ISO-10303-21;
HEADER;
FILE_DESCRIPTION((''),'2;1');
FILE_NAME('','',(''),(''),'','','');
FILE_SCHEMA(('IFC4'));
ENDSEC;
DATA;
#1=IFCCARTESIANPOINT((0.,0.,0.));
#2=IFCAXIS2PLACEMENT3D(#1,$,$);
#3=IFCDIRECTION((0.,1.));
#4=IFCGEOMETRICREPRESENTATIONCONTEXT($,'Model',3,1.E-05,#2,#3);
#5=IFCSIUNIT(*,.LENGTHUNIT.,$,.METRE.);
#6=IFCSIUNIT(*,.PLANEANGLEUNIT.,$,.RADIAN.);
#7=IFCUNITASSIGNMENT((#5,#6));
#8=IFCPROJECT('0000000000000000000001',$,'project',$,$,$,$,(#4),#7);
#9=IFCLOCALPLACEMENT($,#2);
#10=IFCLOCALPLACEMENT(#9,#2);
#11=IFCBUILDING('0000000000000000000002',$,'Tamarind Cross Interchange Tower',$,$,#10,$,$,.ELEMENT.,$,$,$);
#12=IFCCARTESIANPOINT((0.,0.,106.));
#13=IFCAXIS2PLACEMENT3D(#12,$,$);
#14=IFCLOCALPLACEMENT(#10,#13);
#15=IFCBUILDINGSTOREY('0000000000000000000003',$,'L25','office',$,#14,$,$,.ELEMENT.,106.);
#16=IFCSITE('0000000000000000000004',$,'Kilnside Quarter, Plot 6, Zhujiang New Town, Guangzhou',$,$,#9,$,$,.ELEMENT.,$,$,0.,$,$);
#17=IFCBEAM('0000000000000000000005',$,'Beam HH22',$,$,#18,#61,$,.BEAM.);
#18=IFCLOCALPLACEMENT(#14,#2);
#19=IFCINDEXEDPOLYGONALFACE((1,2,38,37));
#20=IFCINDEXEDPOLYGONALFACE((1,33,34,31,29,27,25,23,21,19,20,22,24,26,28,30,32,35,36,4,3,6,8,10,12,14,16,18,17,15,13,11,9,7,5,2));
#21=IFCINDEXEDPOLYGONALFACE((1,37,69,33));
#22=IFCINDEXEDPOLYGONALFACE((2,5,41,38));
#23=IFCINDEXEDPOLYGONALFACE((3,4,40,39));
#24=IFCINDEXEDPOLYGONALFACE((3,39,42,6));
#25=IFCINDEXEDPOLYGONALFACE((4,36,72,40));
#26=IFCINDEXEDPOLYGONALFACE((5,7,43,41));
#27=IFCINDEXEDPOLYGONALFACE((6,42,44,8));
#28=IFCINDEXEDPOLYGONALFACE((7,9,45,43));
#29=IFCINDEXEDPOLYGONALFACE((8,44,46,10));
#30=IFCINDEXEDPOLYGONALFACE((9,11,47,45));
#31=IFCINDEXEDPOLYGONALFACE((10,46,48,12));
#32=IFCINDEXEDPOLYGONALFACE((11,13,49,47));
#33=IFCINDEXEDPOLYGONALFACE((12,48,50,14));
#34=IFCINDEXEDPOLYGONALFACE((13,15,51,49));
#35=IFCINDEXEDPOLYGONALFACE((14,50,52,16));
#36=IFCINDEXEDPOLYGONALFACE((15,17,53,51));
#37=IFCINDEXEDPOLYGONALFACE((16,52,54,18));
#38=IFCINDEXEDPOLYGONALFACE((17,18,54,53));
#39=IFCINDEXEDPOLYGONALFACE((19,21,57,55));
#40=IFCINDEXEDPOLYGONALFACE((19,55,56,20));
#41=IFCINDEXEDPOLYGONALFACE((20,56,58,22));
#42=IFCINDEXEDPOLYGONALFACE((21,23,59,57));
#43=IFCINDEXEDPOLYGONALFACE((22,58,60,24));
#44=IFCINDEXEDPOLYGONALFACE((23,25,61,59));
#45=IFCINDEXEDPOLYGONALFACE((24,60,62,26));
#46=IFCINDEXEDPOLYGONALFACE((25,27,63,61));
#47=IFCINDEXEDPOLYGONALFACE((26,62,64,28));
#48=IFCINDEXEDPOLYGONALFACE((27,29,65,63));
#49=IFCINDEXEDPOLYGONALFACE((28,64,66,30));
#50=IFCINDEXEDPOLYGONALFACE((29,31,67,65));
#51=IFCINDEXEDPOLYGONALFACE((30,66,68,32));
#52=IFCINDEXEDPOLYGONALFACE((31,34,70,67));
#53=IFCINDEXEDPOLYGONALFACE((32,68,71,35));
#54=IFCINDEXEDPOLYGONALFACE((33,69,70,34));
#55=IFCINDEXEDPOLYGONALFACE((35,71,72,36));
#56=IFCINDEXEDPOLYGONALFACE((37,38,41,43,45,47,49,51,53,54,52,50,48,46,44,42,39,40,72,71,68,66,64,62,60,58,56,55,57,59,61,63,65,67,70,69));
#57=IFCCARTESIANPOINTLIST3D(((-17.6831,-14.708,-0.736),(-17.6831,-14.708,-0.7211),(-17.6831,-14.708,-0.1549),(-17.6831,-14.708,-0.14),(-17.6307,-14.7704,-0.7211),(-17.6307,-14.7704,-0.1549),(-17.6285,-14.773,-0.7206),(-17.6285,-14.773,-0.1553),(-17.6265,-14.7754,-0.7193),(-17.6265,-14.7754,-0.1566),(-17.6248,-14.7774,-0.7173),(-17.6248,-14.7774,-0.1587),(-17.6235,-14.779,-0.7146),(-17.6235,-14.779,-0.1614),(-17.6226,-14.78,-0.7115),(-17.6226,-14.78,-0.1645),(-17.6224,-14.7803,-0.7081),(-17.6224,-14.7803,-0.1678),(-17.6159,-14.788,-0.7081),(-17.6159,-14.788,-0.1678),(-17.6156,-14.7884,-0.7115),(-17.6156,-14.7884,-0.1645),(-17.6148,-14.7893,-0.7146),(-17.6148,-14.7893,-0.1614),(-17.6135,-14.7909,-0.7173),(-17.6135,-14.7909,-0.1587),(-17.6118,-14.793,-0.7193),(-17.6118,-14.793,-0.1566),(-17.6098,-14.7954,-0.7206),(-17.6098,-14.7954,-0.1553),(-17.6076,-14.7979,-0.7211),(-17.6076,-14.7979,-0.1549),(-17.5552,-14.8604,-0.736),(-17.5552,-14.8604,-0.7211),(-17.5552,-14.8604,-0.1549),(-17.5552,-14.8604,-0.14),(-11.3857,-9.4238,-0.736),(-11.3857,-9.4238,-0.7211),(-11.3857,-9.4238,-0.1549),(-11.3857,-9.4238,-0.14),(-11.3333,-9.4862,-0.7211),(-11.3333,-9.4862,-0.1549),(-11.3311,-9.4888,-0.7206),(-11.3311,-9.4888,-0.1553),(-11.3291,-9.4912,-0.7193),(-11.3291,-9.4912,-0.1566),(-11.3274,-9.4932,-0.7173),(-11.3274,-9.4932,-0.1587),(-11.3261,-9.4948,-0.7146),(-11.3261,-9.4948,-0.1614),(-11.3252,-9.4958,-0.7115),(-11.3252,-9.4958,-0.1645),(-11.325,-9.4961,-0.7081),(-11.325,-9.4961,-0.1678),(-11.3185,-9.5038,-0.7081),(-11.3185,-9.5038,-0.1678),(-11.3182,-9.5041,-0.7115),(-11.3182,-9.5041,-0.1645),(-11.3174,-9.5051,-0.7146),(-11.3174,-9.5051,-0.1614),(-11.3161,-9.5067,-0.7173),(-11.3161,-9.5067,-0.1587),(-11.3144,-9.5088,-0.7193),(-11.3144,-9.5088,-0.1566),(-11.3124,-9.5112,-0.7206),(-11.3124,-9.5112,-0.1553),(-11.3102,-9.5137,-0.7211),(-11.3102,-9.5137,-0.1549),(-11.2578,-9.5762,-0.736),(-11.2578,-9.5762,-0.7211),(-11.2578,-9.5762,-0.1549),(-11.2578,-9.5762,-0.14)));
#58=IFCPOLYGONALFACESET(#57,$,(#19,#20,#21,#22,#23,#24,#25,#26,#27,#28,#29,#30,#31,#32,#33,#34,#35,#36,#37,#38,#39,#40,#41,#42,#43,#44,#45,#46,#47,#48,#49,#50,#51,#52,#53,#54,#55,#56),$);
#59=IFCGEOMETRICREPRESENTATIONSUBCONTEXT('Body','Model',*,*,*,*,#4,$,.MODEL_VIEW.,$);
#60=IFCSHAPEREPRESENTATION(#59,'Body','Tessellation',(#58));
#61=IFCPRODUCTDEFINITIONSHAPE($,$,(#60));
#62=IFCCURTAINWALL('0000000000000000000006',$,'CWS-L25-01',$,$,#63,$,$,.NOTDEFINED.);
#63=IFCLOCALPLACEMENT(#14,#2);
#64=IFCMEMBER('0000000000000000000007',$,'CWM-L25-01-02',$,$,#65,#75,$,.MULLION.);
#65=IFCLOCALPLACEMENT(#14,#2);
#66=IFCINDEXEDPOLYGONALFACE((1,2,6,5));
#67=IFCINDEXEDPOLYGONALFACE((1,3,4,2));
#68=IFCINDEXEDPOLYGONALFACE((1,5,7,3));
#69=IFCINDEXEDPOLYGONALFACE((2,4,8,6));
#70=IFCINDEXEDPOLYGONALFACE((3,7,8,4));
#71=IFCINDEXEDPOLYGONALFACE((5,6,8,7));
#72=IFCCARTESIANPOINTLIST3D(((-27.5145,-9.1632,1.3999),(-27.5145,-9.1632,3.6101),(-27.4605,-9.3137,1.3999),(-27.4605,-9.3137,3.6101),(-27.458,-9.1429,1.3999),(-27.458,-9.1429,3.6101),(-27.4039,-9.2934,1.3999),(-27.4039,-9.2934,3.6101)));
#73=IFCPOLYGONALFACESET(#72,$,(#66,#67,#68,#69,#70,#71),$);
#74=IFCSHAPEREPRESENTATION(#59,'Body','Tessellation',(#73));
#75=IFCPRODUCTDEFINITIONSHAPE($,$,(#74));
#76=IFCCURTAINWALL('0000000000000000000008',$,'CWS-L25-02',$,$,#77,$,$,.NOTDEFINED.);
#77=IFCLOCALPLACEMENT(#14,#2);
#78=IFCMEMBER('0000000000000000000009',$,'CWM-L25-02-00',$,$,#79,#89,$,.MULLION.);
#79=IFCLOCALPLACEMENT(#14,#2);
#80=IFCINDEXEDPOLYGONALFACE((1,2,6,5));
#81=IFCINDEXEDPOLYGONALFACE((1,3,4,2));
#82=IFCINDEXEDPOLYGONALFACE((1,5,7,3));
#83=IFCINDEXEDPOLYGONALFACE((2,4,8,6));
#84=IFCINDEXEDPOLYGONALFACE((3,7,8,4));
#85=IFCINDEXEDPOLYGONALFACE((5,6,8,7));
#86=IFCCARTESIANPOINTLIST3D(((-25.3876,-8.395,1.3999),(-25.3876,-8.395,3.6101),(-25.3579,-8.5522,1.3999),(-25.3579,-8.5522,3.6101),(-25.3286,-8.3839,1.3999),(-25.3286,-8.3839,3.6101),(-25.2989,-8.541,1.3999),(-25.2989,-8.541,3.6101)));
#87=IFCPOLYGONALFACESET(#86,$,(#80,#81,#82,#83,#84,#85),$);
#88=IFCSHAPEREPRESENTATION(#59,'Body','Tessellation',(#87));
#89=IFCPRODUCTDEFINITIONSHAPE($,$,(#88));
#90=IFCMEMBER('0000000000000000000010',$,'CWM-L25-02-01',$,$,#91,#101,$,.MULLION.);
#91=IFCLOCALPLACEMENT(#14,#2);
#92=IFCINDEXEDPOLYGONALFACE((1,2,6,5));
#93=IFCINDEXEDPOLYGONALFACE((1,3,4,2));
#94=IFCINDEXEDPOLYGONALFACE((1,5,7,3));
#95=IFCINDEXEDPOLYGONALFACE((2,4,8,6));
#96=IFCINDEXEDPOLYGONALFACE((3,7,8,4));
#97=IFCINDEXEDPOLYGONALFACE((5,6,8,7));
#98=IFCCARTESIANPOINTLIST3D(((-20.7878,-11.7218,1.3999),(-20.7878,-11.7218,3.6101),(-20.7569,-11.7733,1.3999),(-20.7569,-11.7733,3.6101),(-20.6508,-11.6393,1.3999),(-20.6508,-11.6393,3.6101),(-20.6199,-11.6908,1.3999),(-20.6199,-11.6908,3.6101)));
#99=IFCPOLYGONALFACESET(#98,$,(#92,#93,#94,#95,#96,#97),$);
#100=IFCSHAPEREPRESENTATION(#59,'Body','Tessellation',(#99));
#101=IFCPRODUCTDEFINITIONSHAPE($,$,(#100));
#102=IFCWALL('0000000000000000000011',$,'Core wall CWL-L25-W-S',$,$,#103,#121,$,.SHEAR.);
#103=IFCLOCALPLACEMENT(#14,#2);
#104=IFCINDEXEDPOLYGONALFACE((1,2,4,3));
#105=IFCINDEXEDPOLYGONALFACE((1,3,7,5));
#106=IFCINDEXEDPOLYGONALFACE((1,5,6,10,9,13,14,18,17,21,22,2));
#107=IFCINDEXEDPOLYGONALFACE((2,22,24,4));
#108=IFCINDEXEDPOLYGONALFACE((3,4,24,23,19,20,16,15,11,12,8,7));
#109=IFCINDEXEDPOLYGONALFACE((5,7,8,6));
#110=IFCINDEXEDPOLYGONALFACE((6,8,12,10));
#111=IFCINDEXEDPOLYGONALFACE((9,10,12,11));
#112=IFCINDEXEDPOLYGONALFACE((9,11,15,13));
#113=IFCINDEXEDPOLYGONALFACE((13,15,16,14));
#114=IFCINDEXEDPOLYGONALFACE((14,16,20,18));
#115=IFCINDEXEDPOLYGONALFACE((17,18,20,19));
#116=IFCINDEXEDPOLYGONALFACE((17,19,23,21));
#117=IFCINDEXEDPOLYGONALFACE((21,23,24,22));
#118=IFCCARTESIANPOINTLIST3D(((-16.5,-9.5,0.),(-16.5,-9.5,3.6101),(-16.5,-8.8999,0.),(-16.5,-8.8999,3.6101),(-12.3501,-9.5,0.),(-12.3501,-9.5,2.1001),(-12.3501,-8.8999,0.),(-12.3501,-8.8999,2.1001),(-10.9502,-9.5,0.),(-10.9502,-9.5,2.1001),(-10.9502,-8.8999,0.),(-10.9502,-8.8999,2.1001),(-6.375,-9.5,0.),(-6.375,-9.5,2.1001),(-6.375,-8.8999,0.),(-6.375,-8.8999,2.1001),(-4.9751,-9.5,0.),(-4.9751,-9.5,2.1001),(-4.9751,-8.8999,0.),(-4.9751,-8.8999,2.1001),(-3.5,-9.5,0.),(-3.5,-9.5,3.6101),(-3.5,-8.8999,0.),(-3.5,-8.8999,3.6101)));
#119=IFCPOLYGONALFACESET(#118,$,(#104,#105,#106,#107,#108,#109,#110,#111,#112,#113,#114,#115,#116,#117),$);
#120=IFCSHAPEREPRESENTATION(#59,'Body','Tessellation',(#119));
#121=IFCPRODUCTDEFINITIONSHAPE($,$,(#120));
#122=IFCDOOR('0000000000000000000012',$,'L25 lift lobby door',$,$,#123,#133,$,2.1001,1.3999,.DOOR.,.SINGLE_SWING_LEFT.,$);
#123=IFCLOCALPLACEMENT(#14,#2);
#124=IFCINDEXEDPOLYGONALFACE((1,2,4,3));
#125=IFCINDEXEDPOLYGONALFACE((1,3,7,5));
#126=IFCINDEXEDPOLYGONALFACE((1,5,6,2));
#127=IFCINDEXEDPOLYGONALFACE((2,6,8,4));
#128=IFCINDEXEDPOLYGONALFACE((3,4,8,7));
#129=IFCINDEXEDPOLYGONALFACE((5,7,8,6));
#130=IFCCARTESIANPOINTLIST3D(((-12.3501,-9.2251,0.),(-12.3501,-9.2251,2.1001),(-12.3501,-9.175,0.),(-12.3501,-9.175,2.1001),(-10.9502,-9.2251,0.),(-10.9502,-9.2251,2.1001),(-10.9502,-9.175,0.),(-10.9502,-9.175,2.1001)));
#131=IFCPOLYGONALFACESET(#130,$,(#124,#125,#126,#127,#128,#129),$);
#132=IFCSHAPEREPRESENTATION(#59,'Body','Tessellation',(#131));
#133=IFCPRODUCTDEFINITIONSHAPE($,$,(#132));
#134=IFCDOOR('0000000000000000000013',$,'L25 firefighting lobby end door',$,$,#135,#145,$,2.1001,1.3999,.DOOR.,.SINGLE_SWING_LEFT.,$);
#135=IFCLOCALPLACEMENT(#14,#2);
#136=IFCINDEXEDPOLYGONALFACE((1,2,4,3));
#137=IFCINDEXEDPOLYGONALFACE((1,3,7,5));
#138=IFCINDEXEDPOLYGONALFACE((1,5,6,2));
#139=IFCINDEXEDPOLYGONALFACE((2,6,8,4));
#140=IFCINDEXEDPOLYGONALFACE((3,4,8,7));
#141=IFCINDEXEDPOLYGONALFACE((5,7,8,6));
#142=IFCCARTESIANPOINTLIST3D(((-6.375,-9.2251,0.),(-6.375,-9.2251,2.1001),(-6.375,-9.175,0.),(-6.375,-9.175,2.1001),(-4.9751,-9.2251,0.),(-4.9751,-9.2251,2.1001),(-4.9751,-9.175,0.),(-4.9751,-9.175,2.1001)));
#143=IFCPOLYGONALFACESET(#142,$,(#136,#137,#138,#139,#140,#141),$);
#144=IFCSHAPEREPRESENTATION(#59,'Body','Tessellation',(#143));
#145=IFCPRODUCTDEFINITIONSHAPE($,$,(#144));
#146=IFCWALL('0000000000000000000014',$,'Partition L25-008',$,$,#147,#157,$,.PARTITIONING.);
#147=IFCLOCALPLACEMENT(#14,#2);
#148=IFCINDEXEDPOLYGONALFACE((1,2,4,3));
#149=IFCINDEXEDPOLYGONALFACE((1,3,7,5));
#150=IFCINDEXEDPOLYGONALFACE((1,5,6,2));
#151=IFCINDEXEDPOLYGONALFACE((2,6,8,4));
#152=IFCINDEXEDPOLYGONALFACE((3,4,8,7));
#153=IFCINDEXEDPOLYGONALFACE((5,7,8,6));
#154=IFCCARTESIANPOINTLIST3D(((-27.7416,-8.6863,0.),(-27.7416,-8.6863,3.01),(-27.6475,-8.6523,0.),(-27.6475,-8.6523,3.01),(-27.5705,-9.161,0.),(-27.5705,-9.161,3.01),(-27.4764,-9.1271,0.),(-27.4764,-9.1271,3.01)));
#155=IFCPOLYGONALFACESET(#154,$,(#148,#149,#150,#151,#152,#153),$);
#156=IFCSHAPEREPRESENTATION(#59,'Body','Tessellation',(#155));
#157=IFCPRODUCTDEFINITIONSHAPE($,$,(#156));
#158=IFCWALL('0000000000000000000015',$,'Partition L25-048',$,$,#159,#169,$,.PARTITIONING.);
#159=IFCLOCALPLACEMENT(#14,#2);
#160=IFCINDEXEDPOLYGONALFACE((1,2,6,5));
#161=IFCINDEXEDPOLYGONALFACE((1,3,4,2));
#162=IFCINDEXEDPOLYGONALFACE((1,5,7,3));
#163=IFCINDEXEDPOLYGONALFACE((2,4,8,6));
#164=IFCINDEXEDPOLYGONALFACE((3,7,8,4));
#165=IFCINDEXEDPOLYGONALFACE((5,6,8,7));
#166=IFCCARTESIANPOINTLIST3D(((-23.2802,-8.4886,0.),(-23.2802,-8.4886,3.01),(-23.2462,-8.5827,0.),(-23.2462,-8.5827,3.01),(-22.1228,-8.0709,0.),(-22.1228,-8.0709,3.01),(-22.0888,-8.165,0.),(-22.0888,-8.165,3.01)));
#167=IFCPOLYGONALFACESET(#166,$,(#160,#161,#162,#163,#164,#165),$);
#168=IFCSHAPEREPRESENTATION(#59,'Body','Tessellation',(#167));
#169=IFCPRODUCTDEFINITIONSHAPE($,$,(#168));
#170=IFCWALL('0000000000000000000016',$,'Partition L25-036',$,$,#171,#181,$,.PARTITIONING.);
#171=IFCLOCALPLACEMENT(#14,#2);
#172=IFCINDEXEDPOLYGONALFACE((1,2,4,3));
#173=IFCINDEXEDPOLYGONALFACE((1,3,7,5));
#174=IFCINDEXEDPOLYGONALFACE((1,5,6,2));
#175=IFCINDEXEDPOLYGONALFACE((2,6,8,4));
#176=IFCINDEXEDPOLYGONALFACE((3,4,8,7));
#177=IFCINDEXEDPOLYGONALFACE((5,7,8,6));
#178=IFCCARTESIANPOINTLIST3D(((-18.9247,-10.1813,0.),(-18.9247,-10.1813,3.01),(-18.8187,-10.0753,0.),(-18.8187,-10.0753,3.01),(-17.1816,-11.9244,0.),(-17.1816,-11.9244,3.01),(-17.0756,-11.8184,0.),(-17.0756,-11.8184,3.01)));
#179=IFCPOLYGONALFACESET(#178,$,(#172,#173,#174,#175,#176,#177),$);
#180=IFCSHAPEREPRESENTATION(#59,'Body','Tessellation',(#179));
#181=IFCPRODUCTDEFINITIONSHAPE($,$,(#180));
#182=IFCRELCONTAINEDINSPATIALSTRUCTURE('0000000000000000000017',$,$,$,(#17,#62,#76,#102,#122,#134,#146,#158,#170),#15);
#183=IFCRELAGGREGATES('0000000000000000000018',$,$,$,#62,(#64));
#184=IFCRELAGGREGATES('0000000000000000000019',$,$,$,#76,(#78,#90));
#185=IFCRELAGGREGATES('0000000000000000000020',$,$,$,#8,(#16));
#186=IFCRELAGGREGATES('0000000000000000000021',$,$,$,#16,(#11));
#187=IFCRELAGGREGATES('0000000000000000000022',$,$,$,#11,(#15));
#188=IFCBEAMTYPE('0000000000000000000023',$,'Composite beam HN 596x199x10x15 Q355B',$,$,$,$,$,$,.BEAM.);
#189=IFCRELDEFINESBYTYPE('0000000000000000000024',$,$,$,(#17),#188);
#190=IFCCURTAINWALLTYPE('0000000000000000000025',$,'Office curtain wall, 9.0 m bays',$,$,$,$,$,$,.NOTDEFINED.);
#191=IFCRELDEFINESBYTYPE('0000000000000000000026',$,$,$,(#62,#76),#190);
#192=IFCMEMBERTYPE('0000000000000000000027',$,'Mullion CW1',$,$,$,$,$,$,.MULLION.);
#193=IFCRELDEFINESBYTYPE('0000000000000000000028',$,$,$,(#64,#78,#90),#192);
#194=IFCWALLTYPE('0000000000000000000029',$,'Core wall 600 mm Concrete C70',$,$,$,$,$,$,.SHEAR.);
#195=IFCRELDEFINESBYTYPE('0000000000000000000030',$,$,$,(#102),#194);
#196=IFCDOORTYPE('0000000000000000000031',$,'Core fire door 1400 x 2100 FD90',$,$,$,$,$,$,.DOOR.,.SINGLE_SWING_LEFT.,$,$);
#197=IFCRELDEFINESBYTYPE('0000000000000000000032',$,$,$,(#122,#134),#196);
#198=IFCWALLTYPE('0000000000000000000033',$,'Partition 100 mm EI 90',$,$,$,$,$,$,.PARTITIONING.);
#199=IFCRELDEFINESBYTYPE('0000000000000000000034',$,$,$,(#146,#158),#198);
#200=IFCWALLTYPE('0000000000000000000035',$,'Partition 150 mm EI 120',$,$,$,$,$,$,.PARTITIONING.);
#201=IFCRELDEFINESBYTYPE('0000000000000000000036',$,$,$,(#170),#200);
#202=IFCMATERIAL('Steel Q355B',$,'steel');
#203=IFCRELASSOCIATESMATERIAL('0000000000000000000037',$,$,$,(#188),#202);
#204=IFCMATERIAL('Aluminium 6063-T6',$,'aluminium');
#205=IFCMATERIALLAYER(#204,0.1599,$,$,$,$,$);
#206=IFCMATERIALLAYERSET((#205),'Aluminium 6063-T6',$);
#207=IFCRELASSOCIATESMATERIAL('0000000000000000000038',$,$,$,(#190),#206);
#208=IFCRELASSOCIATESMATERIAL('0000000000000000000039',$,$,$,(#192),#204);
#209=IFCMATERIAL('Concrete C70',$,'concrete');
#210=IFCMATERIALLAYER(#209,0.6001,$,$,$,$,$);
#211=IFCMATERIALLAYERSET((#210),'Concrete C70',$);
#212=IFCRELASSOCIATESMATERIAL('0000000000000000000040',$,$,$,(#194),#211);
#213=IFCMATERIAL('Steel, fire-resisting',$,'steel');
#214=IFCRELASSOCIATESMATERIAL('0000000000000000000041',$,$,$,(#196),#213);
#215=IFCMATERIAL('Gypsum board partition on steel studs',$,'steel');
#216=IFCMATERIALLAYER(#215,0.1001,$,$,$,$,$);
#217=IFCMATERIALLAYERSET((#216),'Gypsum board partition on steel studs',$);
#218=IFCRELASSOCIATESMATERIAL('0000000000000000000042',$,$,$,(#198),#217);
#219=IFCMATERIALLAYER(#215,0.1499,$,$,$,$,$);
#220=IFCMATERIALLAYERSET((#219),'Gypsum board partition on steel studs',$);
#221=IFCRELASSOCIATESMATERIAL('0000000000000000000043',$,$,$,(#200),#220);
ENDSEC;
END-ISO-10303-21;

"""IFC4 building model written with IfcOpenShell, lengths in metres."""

from ifc_helpers import new_model, si_unit, direction, frame, frame_2d, origin, origin_2d, place, context, subcontext, project, spatial, rectangle, i_section, extrude, material, layer, layer_set, material_profile, profile_set, type_object, element, fill, aggregate, save


model = new_model("IFC4")

# Units and contexts
model_context = context("Model", 3, precision=1e-05, world=origin(), true_north=direction((0.0, 1.0)))
body_context = subcontext(model_context, "Body", "Model", "MODEL_VIEW")
ifc_project = project(units=[si_unit("LENGTHUNIT", "METRE"), si_unit("PLANEANGLEUNIT", "RADIAN")], contexts=[model_context])

# Site, building, storey
site_placement = place(None, origin())
site = spatial("IfcSite", under=ifc_project, at=site_placement, Name="Kilnside Quarter, Plot 6, Zhujiang New Town, Guangzhou", CompositionType="ELEMENT", RefElevation=0.0)
building_placement = place(site_placement, origin())
building = spatial("IfcBuilding", under=site, at=building_placement, Name="Tamarind Cross Interchange Tower", CompositionType="ELEMENT")
storey_placement = place(building_placement, frame((0.0, 0.0, 106.0)))
storey = spatial("IfcBuildingStorey", under=building, at=storey_placement, Name="L25", Description="office", CompositionType="ELEMENT", Elevation=106.0)

# Beam
ifc_material_1 = material(Name="Steel Q355B", Category="steel")
ifc_material_profile_1 = material_profile(ifc_material_1, i_section(OverallWidth=0.199, OverallDepth=0.5959, WebThickness=0.01, FlangeThickness=0.0149, FilletRadius=0.0129, at=origin_2d()), Name="HN 596x199x10x15")
ifc_profile_set_1 = profile_set([ifc_material_profile_1], Name="Steel Q355B")
beam_type_1 = type_object("IfcBeamType", Name="Composite beam HN 596x199x10x15 Q355B", PredefinedType="BEAM", material=ifc_profile_set_1)
beam_1_placement = place(storey_placement, frame((-17.6191, -14.7842, -0.438), z_axis=(0.766041, 0.642792, 0.0), x_axis=(-0.642792, 0.766041, 0.0)))
element("IfcBeam", 1, at=beam_1_placement, inside=storey, type_object=beam_type_1, Name="Beam HH22", PredefinedType="BEAM", context=body_context, shape_type="SweptSolid", body=[
    extrude(i_section(OverallWidth=0.199, OverallDepth=0.5959, WebThickness=0.01, FlangeThickness=0.0149, FilletRadius=0.0129, at=origin_2d()), origin(), (0.0, 0.0, 1.0), 8.2207),
])

# Curtain wall, member
ifc_material_2 = material(Name="Aluminium 6063-T6", Category="aluminium")
ifc_layer_1 = layer(ifc_material_2, 0.1599)
ifc_layer_set_1 = layer_set([ifc_layer_1], Name="Aluminium 6063-T6")
curtain_wall_type = type_object("IfcCurtainWallType", Name="Office curtain wall, 9.0 m bays", PredefinedType="NOTDEFINED", material=ifc_layer_set_1)
curtain_wall_1_placement = place(storey_placement, origin())
curtain_wall_1 = element("IfcCurtainWall", 2, at=curtain_wall_1_placement, inside=storey, type_object=curtain_wall_type, Name="CWS-L25-01", PredefinedType="NOTDEFINED")
ifc_material_profile_2 = material_profile(ifc_material_2, rectangle(XDim=0.0601, YDim=0.1599, at=origin_2d()), Name="Mullion CW1")
ifc_profile_set_2 = profile_set([ifc_material_profile_2], Name="Aluminium 6063-T6")
member_type = type_object("IfcMemberType", Name="Mullion CW1", PredefinedType="MULLION", material=ifc_profile_set_2)
member_1_placement = place(storey_placement, frame((-27.4592, -9.2283, 1.3999), z_axis=(0.0, 0.0, 1.0), x_axis=(0.9411, 0.338129, 0.0)))
member_1 = element("IfcMember", 3, at=member_1_placement, type_object=member_type, Name="CWM-L25-01-02", PredefinedType="MULLION", context=body_context, shape_type="SweptSolid", body=[
    extrude(rectangle(XDim=0.0601, YDim=0.1599, at=origin_2d()), origin(), (0.0, 0.0, 1.0), 2.2102),
])
aggregate(curtain_wall_1, [member_1])

# Curtain wall, members
curtain_wall_2_placement = place(storey_placement, origin())
curtain_wall_2 = element("IfcCurtainWall", 4, at=curtain_wall_2_placement, inside=storey, type_object=curtain_wall_type, Name="CWS-L25-02", PredefinedType="NOTDEFINED")
member_2_placement = place(storey_placement, frame((-25.3433, -8.468, 1.3999), z_axis=(0.0, 0.0, 1.0), x_axis=(0.982624, 0.185607, 0.0)))
member_2 = element("IfcMember", 5, at=member_2_placement, type_object=member_type, Name="CWM-L25-02-00", PredefinedType="MULLION", context=body_context, shape_type="SweptSolid", body=[
    extrude(rectangle(XDim=0.0601, YDim=0.1599, at=origin_2d()), origin(), (0.0, 0.0, 1.0), 2.2102),
])
member_3_placement = place(storey_placement, frame((-20.7039, -11.7063, 1.3999), z_axis=(0.0, 0.0, 1.0), x_axis=(0.515577, -0.856843, 0.0)))
member_3 = element("IfcMember", 6, at=member_3_placement, type_object=member_type, Name="CWM-L25-02-01", PredefinedType="MULLION", context=body_context, shape_type="SweptSolid", body=[
    extrude(rectangle(XDim=0.0601, YDim=0.1599, at=origin_2d()), origin(), (0.0, 0.0, 1.0), 2.2102),
])
aggregate(curtain_wall_2, [member_2, member_3])

# Wall, openings, doors
ifc_material_3 = material(Name="Concrete C70", Category="concrete")
ifc_layer_2 = layer(ifc_material_3, 0.6001)
ifc_layer_set_2 = layer_set([ifc_layer_2], Name="Concrete C70")
wall_type_1 = type_object("IfcWallType", Name="Core wall 600 mm Concrete C70", PredefinedType="SHEAR", material=ifc_layer_set_2)
wall_1_placement = place(storey_placement, frame((-16.5, -9.2, 0.0), z_axis=(0.0, 0.0, 1.0), x_axis=(1.0, 0.0, 0.0)))
wall_1 = element("IfcWall", 7, at=wall_1_placement, inside=storey, type_object=wall_type_1, Name="Core wall CWL-L25-W-S", PredefinedType="SHEAR", context=body_context, shape_type="SweptSolid", body=[
    extrude(rectangle(XDim=13.0, YDim=0.6001, at=frame_2d((6.5, 0.0))), origin(), (0.0, 0.0, 1.0), 3.6101),
])
opening_1_placement = place(wall_1_placement, frame((4.1499, 0.0, 0.0)))
opening_1 = element("IfcOpeningElement", 8, at=opening_1_placement, cuts=wall_1, PredefinedType="OPENING", context=body_context, shape_type="SweptSolid", body=[
    extrude(rectangle(XDim=1.3999, YDim=2.1001, at=frame_2d((0.7, 1.05))), frame((0.0, 0.3101, 0.0), z_axis=(0.0, -1.0, 0.0), x_axis=(1.0, 0.0, 0.0)), (0.0, 0.0, 1.0), 0.6201),
])
opening_2_placement = place(wall_1_placement, frame((10.125, 0.0, 0.0)))
opening_2 = element("IfcOpeningElement", 9, at=opening_2_placement, cuts=wall_1, PredefinedType="OPENING", context=body_context, shape_type="SweptSolid", body=[
    extrude(rectangle(XDim=1.3999, YDim=2.1001, at=frame_2d((0.7, 1.05))), frame((0.0, 0.3101, 0.0), z_axis=(0.0, -1.0, 0.0), x_axis=(1.0, 0.0, 0.0)), (0.0, 0.0, 1.0), 0.6201),
])
ifc_material_4 = material(Name="Steel, fire-resisting", Category="steel")
door_type_1 = type_object("IfcDoorType", Name="Core fire door 1400 x 2100 FD90", OperationType="SINGLE_SWING_LEFT", PredefinedType="DOOR", material=ifc_material_4)
door_1_placement = place(opening_1_placement, origin())
door_1 = element("IfcDoor", 10, at=door_1_placement, inside=storey, type_object=door_type_1, Name="L25 lift lobby door", OperationType="SINGLE_SWING_LEFT", OverallHeight=2.1001, OverallWidth=1.3999, PredefinedType="DOOR", context=body_context, shape_type="SweptSolid", body=[
    extrude(rectangle(XDim=1.3999, YDim=2.1001, at=frame_2d((0.7, 1.05))), frame((0.0, 0.0249, 0.0), z_axis=(0.0, -1.0, 0.0), x_axis=(1.0, 0.0, 0.0)), (0.0, 0.0, 1.0), 0.05),
])
fill(opening_1, door_1)
door_2_placement = place(opening_2_placement, origin())
door_2 = element("IfcDoor", 11, at=door_2_placement, inside=storey, type_object=door_type_1, Name="L25 firefighting lobby end door", OperationType="SINGLE_SWING_LEFT", OverallHeight=2.1001, OverallWidth=1.3999, PredefinedType="DOOR", context=body_context, shape_type="SweptSolid", body=[
    extrude(rectangle(XDim=1.3999, YDim=2.1001, at=frame_2d((0.7, 1.05))), frame((0.0, 0.0249, 0.0), z_axis=(0.0, -1.0, 0.0), x_axis=(1.0, 0.0, 0.0)), (0.0, 0.0, 1.0), 0.05),
])
fill(opening_2, door_2)

# Walls
ifc_material_5 = material(Name="Gypsum board partition on steel studs", Category="steel")
ifc_layer_3 = layer(ifc_material_5, 0.1001)
ifc_layer_set_3 = layer_set([ifc_layer_3], Name="Gypsum board partition on steel studs")
wall_type_2 = type_object("IfcWallType", Name="Partition 100 mm EI 90", PredefinedType="PARTITIONING", material=ifc_layer_set_3)
wall_2_placement = place(storey_placement, frame((-27.6946, -8.6692, 0.0), z_axis=(0.0, 0.0, 1.0), x_axis=(0.339062, -0.940764, 0.0)))
element("IfcWall", 12, at=wall_2_placement, inside=storey, type_object=wall_type_2, Name="Partition L25-008", PredefinedType="PARTITIONING", context=body_context, shape_type="SweptSolid", body=[
    extrude(rectangle(XDim=0.5046, YDim=0.1001, at=frame_2d((0.2524, 0.0))), origin(), (0.0, 0.0, 1.0), 3.01),
])
wall_3_placement = place(storey_placement, frame((-23.2632, -8.5356, 0.0), z_axis=(0.0, 0.0, 1.0), x_axis=(0.940619, 0.339464, 0.0)))
element("IfcWall", 13, at=wall_3_placement, inside=storey, type_object=wall_type_2, Name="Partition L25-048", PredefinedType="PARTITIONING", context=body_context, shape_type="SweptSolid", body=[
    extrude(rectangle(XDim=1.2305, YDim=0.1001, at=frame_2d((0.6152, 0.0))), origin(), (0.0, 0.0, 1.0), 3.01),
])
ifc_layer_4 = layer(ifc_material_5, 0.1499)
ifc_layer_set_4 = layer_set([ifc_layer_4], Name="Gypsum board partition on steel studs")
wall_type_3 = type_object("IfcWallType", Name="Partition 150 mm EI 120", PredefinedType="PARTITIONING", material=ifc_layer_set_4)
wall_4_placement = place(storey_placement, frame((-18.8716, -10.1284, 0.0), z_axis=(0.0, 0.0, 1.0), x_axis=(0.707107, -0.707107, 0.0)))
element("IfcWall", 14, at=wall_4_placement, inside=storey, type_object=wall_type_3, Name="Partition L25-036", PredefinedType="PARTITIONING", context=body_context, shape_type="SweptSolid", body=[
    extrude(rectangle(XDim=2.4651, YDim=0.1499, at=frame_2d((1.2324, 0.0))), origin(), (0.0, 0.0, 1.0), 3.01),
])

save(model, "model.ifc")
